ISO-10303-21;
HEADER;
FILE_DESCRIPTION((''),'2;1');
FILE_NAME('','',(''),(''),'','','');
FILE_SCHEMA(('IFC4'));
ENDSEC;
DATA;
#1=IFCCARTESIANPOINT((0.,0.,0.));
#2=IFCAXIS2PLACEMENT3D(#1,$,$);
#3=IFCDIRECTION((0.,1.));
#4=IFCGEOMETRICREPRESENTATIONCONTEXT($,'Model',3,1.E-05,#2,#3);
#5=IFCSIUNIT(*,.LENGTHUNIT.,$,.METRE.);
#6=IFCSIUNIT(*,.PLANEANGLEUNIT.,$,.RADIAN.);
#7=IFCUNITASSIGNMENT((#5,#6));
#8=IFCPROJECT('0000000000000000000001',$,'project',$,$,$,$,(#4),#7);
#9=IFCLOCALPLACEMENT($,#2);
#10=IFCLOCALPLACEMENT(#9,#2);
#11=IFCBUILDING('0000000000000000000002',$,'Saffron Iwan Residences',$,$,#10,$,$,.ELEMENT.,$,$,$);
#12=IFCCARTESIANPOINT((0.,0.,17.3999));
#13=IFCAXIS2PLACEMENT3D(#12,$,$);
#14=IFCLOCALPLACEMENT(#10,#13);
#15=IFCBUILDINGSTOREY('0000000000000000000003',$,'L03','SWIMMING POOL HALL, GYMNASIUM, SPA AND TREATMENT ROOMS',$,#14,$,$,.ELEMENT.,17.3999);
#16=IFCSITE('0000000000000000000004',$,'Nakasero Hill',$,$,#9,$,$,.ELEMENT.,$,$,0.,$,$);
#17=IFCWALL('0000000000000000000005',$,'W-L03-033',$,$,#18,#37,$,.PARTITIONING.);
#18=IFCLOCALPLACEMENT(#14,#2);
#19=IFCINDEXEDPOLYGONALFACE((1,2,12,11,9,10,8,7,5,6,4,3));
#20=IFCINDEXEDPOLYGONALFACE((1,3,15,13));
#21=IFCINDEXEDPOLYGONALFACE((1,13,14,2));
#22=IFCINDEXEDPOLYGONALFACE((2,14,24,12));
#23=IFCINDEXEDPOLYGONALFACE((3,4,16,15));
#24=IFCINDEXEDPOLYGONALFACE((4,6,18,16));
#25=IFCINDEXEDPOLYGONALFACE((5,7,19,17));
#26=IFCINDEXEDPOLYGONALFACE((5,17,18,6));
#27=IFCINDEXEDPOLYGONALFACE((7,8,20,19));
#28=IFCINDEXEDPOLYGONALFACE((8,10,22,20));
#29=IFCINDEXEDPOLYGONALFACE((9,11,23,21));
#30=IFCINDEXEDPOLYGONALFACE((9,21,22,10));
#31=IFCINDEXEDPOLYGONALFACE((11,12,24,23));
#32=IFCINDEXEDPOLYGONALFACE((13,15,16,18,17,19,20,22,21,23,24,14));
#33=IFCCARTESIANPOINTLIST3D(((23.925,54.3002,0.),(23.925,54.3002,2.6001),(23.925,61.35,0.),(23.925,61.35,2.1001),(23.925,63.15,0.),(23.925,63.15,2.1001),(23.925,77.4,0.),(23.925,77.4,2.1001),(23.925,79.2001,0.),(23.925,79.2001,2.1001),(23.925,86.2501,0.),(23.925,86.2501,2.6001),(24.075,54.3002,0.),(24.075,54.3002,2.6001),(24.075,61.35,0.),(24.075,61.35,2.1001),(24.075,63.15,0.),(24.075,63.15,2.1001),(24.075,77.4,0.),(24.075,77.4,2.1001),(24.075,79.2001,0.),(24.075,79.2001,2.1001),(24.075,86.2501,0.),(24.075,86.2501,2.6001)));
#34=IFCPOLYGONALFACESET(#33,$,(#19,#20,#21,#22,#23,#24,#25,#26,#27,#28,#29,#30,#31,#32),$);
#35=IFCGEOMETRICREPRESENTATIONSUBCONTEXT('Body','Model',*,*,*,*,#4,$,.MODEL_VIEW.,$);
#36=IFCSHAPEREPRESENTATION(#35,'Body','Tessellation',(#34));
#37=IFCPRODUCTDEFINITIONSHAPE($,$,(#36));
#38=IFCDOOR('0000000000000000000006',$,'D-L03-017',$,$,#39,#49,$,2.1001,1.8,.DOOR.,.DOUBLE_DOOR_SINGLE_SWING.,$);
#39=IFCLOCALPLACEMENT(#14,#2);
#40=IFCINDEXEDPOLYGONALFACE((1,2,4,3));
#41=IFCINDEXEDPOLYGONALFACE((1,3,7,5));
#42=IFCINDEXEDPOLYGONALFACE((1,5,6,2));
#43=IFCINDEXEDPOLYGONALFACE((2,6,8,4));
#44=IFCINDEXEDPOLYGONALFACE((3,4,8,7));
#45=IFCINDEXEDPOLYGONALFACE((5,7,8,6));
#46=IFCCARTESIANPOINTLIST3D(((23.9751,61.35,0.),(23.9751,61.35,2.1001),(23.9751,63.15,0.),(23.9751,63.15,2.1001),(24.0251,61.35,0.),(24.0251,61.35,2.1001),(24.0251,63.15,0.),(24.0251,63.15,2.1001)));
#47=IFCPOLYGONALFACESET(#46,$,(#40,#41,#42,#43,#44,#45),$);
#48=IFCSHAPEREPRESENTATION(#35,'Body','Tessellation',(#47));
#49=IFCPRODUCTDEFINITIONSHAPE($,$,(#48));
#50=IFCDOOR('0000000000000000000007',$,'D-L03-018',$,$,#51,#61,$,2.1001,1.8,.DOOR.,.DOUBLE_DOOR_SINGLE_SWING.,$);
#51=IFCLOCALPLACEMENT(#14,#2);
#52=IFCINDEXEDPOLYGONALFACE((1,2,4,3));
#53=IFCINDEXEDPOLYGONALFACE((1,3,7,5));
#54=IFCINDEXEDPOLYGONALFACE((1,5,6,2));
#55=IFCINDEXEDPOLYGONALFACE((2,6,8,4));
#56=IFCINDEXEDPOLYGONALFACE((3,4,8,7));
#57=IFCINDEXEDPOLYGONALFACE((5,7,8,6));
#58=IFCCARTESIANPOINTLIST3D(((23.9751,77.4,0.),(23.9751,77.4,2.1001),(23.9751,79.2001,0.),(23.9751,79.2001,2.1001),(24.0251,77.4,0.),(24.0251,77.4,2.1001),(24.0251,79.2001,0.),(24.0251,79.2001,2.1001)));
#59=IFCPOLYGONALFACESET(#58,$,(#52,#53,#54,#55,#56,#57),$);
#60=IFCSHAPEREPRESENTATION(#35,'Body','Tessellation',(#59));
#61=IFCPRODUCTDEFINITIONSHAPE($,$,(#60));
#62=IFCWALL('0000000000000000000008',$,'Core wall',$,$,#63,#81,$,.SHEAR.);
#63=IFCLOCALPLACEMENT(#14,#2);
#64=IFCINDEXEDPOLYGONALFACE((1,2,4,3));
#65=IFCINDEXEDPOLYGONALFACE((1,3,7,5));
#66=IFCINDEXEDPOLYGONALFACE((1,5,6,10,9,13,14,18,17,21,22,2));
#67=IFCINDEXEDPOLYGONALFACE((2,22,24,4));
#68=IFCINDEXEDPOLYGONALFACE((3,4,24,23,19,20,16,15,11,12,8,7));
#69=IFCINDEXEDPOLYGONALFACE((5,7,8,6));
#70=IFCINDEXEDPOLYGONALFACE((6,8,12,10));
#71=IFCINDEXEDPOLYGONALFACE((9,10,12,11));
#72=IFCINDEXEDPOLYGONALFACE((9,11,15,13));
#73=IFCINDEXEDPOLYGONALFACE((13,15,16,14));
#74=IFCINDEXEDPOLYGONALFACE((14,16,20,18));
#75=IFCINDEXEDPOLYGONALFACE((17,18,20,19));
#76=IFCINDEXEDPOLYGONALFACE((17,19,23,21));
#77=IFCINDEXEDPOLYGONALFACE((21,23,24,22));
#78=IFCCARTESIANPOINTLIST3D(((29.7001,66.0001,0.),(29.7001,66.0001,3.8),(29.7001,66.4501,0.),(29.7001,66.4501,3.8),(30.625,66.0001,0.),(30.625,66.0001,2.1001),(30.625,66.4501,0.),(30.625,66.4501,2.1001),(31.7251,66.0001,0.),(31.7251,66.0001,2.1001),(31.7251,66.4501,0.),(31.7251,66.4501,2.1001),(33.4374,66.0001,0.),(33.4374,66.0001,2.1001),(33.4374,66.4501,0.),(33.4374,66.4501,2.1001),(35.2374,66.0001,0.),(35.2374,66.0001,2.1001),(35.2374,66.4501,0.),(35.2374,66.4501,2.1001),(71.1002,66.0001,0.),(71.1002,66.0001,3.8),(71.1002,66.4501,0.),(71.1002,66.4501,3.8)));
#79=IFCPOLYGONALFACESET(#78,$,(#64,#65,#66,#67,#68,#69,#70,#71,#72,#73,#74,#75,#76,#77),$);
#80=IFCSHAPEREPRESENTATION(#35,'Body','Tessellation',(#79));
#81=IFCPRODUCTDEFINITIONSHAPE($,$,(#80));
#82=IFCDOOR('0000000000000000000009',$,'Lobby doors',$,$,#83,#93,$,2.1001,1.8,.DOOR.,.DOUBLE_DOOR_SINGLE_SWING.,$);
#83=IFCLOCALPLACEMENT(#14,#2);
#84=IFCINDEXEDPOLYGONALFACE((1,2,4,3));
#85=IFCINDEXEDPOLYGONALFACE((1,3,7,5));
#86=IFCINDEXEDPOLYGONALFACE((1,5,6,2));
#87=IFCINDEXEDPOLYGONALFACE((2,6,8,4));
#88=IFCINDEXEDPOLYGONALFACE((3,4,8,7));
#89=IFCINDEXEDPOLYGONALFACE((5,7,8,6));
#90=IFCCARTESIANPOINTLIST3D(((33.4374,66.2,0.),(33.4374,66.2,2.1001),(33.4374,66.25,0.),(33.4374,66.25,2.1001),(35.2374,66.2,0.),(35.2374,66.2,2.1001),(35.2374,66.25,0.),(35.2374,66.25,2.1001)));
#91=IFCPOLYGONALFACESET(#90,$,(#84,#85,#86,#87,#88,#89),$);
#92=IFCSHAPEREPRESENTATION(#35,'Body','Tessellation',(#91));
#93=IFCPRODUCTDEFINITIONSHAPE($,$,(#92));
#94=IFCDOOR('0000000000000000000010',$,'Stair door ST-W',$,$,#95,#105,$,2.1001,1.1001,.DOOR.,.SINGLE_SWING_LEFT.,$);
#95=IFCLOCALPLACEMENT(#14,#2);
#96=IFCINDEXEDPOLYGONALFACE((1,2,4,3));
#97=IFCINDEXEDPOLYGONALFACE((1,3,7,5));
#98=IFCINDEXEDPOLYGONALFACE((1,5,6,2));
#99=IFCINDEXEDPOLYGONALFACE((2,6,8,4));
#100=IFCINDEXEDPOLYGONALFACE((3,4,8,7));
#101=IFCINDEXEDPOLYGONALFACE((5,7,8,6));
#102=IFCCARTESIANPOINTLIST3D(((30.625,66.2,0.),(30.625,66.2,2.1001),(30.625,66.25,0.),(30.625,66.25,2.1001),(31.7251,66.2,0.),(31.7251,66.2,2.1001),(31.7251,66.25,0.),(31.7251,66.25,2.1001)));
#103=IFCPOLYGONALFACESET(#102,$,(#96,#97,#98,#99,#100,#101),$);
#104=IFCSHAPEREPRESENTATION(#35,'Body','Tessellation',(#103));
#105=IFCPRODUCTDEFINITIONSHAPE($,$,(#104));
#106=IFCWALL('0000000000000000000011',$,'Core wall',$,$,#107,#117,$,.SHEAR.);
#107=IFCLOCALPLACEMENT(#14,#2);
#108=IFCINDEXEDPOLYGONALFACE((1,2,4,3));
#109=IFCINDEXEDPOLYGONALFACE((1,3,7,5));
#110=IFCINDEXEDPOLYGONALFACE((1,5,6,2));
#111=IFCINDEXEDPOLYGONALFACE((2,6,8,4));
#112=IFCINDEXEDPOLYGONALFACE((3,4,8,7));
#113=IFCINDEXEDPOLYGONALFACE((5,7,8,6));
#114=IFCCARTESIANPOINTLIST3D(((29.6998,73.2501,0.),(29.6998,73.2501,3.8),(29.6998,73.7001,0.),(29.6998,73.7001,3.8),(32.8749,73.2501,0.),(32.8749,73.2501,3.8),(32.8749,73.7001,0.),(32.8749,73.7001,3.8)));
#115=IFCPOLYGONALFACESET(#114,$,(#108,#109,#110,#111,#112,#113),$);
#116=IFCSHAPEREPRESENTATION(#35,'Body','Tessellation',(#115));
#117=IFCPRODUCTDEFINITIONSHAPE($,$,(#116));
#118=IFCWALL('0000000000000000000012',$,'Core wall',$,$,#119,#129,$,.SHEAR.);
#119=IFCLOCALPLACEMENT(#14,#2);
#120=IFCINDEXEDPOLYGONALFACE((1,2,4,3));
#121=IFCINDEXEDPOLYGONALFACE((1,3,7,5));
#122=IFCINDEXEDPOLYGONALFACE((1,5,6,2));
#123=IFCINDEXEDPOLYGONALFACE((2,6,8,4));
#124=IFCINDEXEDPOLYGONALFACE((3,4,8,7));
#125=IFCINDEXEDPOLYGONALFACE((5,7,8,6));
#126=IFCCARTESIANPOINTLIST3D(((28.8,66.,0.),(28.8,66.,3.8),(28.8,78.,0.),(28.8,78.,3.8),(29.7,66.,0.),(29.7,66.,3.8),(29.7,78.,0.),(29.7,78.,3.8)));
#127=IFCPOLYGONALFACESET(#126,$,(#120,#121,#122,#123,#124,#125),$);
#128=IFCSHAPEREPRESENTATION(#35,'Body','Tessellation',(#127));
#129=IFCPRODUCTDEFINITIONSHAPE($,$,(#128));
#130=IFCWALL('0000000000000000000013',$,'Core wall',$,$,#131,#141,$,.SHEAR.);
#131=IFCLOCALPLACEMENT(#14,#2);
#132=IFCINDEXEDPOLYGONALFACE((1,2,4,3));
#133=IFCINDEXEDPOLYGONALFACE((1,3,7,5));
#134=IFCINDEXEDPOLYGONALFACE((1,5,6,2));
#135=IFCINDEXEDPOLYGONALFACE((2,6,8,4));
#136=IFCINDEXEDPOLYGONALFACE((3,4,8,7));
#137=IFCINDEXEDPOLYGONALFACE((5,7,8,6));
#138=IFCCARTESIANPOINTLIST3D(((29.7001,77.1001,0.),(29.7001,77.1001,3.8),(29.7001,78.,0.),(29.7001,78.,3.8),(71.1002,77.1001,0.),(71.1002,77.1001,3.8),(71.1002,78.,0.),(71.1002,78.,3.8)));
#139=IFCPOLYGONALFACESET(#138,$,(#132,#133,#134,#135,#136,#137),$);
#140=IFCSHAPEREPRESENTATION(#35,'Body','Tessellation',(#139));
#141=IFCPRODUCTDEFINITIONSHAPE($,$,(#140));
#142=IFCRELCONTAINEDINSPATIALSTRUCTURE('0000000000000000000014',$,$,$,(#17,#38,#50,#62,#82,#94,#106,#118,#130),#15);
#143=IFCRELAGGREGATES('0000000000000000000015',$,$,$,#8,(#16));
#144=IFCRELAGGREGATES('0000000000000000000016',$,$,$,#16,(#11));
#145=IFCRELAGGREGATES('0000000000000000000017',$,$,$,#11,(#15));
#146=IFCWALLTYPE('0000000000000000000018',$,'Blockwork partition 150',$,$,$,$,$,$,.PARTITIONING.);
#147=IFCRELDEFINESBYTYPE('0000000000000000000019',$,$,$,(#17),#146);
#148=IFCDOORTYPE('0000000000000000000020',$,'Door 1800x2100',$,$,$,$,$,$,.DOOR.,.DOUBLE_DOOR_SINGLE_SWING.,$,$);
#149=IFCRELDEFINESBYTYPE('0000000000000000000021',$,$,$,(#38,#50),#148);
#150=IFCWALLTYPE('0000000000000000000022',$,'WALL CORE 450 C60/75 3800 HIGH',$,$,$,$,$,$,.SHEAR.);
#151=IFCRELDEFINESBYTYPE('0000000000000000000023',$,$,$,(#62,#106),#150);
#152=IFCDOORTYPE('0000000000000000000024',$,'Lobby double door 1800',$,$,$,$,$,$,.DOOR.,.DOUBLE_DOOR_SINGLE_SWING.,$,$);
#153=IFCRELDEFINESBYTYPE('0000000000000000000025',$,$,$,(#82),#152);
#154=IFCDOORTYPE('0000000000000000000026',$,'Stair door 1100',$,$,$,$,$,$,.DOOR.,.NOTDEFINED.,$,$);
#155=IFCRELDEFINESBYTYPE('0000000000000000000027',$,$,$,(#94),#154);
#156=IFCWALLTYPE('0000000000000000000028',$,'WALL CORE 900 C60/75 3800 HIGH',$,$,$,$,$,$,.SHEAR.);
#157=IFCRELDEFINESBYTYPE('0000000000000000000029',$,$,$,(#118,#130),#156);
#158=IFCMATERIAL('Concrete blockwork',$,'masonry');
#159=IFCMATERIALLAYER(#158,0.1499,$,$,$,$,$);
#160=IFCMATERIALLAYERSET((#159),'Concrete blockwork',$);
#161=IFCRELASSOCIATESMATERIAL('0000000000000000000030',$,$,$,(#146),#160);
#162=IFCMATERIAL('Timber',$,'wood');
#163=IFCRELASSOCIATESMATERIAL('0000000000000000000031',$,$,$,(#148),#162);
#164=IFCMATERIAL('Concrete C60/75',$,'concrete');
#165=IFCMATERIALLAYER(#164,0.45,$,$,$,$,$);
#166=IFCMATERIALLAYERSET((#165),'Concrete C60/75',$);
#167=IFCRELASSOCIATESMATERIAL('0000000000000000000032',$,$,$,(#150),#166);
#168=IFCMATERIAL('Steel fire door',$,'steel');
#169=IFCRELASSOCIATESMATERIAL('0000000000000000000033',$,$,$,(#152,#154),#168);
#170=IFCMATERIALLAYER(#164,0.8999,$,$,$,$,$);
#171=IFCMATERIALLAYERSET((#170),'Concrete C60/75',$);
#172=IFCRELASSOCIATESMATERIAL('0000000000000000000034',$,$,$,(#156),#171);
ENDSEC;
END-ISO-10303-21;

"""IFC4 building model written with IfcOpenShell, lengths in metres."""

from ifc_helpers import new_model, si_unit, direction, frame, frame_2d, origin, place, context, subcontext, project, spatial, rectangle, extrude, material, layer, layer_set, type_object, element, fill, save


model = new_model("IFC4")

# Units and contexts
model_context = context("Model", 3, precision=1e-05, world=origin(), true_north=direction((0.0, 1.0)))
body_context = subcontext(model_context, "Body", "Model", "MODEL_VIEW")
ifc_project = project(units=[si_unit("LENGTHUNIT", "METRE"), si_unit("PLANEANGLEUNIT", "RADIAN")], contexts=[model_context])

# Site, building, storey
site_placement = place(None, origin())
site = spatial("IfcSite", under=ifc_project, at=site_placement, Name="Nakasero Hill", CompositionType="ELEMENT", RefElevation=0.0)
building_placement = place(site_placement, origin())
building = spatial("IfcBuilding", under=site, at=building_placement, Name="Saffron Iwan Residences", CompositionType="ELEMENT")
storey_placement = place(building_placement, frame((0.0, 0.0, 17.3999)))
storey = spatial("IfcBuildingStorey", under=building, at=storey_placement, Name="L03", Description="SWIMMING POOL HALL, GYMNASIUM, SPA AND TREATMENT ROOMS", CompositionType="ELEMENT", Elevation=17.3999)

# Walls, openings, doors
ifc_material_1 = material(Name="Concrete blockwork", Category="masonry")
ifc_layer_1 = layer(ifc_material_1, 0.1499)
ifc_layer_set_1 = layer_set([ifc_layer_1], Name="Concrete blockwork")
wall_type_1 = type_object("IfcWallType", Name="Blockwork partition 150", PredefinedType="PARTITIONING", material=ifc_layer_set_1)
wall_1_placement = place(storey_placement, frame((24.0, 54.3, 0.0), z_axis=(0.0, 0.0, 1.0), x_axis=(0.0, 1.0, 0.0)))
wall_1 = element("IfcWall", 1, at=wall_1_placement, inside=storey, type_object=wall_type_1, Name="W-L03-033", PredefinedType="PARTITIONING", context=body_context, shape_type="SweptSolid", body=[
    extrude(rectangle(XDim=31.95, YDim=0.1499, at=frame_2d((15.9751, 0.0))), origin(), (0.0, 0.0, 1.0), 2.6001),
])
opening_1_placement = place(wall_1_placement, frame((7.05, 0.0, 0.0)))
opening_1 = element("IfcOpeningElement", 2, at=opening_1_placement, cuts=wall_1, PredefinedType="OPENING", context=body_context, shape_type="SweptSolid", body=[
    extrude(rectangle(XDim=1.8, YDim=2.1001, at=frame_2d((0.8999, 1.05))), frame((0.0, 0.085, 0.0), z_axis=(0.0, -1.0, 0.0), x_axis=(1.0, 0.0, 0.0)), (0.0, 0.0, 1.0), 0.1699),
])
opening_2_placement = place(wall_1_placement, frame((23.1001, 0.0, 0.0)))
opening_2 = element("IfcOpeningElement", 3, at=opening_2_placement, cuts=wall_1, PredefinedType="OPENING", context=body_context, shape_type="SweptSolid", body=[
    extrude(rectangle(XDim=1.8, YDim=2.1001, at=frame_2d((0.8999, 1.05))), frame((0.0, 0.085, 0.0), z_axis=(0.0, -1.0, 0.0), x_axis=(1.0, 0.0, 0.0)), (0.0, 0.0, 1.0), 0.1699),
])
ifc_material_2 = material(Name="Timber", Category="wood")
door_type_1 = type_object("IfcDoorType", Name="Door 1800x2100", OperationType="DOUBLE_DOOR_SINGLE_SWING", PredefinedType="DOOR", material=ifc_material_2)
door_1_placement = place(opening_1_placement, origin())
door_1 = element("IfcDoor", 4, at=door_1_placement, inside=storey, type_object=door_type_1, Name="D-L03-017", OperationType="DOUBLE_DOOR_SINGLE_SWING", OverallHeight=2.1001, OverallWidth=1.8, PredefinedType="DOOR", context=body_context, shape_type="SweptSolid", body=[
    extrude(rectangle(XDim=1.8, YDim=2.1001, at=frame_2d((0.8999, 1.05))), frame((0.0, 0.0249, 0.0), z_axis=(0.0, -1.0, 0.0), x_axis=(1.0, 0.0, 0.0)), (0.0, 0.0, 1.0), 0.05),
])
fill(opening_1, door_1)
door_2_placement = place(opening_2_placement, origin())
door_2 = element("IfcDoor", 5, at=door_2_placement, inside=storey, type_object=door_type_1, Name="D-L03-018", OperationType="DOUBLE_DOOR_SINGLE_SWING", OverallHeight=2.1001, OverallWidth=1.8, PredefinedType="DOOR", context=body_context, shape_type="SweptSolid", body=[
    extrude(rectangle(XDim=1.8, YDim=2.1001, at=frame_2d((0.8999, 1.05))), frame((0.0, 0.0249, 0.0), z_axis=(0.0, -1.0, 0.0), x_axis=(1.0, 0.0, 0.0)), (0.0, 0.0, 1.0), 0.05),
])
fill(opening_2, door_2)
ifc_material_3 = material(Name="Concrete C60/75", Category="concrete")
ifc_layer_2 = layer(ifc_material_3, 0.45)
ifc_layer_set_2 = layer_set([ifc_layer_2], Name="Concrete C60/75")
wall_type_2 = type_object("IfcWallType", Name="WALL CORE 450 C60/75 3800 HIGH", PredefinedType="SHEAR", material=ifc_layer_set_2)
wall_2_placement = place(storey_placement, frame((29.7, 66.2251, 0.0), z_axis=(0.0, 0.0, 1.0), x_axis=(1.0, 0.0, 0.0)))
wall_2 = element("IfcWall", 6, at=wall_2_placement, inside=storey, type_object=wall_type_2, Name="Core wall", PredefinedType="SHEAR", context=body_context, shape_type="SweptSolid", body=[
    extrude(rectangle(XDim=41.4001, YDim=0.45, at=frame_2d((20.7002, 0.0))), origin(), (0.0, 0.0, 1.0), 3.8),
])
opening_3_placement = place(wall_2_placement, frame((0.925, 0.0, 0.0)))
opening_3 = element("IfcOpeningElement", 7, at=opening_3_placement, cuts=wall_2, PredefinedType="OPENING", context=body_context, shape_type="SweptSolid", body=[
    extrude(rectangle(XDim=1.1001, YDim=2.1001, at=frame_2d((0.55, 1.05))), frame((0.0, 0.2349, 0.0), z_axis=(0.0, -1.0, 0.0), x_axis=(1.0, 0.0, 0.0)), (0.0, 0.0, 1.0), 0.47),
])
opening_4_placement = place(wall_2_placement, frame((3.7375, 0.0, 0.0)))
opening_4 = element("IfcOpeningElement", 8, at=opening_4_placement, cuts=wall_2, PredefinedType="OPENING", context=body_context, shape_type="SweptSolid", body=[
    extrude(rectangle(XDim=1.8, YDim=2.1001, at=frame_2d((0.8999, 1.05))), frame((0.0, 0.2349, 0.0), z_axis=(0.0, -1.0, 0.0), x_axis=(1.0, 0.0, 0.0)), (0.0, 0.0, 1.0), 0.47),
])
ifc_material_4 = material(Name="Steel fire door", Category="steel")
door_type_2 = type_object("IfcDoorType", Name="Lobby double door 1800", OperationType="DOUBLE_DOOR_SINGLE_SWING", PredefinedType="DOOR", material=ifc_material_4)
door_3_placement = place(opening_4_placement, origin())
door_3 = element("IfcDoor", 9, at=door_3_placement, inside=storey, type_object=door_type_2, Name="Lobby doors", OperationType="DOUBLE_DOOR_SINGLE_SWING", OverallHeight=2.1001, OverallWidth=1.8, PredefinedType="DOOR", context=body_context, shape_type="SweptSolid", body=[
    extrude(rectangle(XDim=1.8, YDim=2.1001, at=frame_2d((0.8999, 1.05))), frame((0.0, 0.0249, 0.0), z_axis=(0.0, -1.0, 0.0), x_axis=(1.0, 0.0, 0.0)), (0.0, 0.0, 1.0), 0.05),
])
fill(opening_4, door_3)
door_type_3 = type_object("IfcDoorType", Name="Stair door 1100", OperationType="NOTDEFINED", PredefinedType="DOOR", material=ifc_material_4)
door_4_placement = place(opening_3_placement, origin())
door_4 = element("IfcDoor", 10, at=door_4_placement, inside=storey, type_object=door_type_3, Name="Stair door ST-W", OperationType="SINGLE_SWING_LEFT", OverallHeight=2.1001, OverallWidth=1.1001, PredefinedType="DOOR", context=body_context, shape_type="SweptSolid", body=[
    extrude(rectangle(XDim=1.1001, YDim=2.1001, at=frame_2d((0.55, 1.05))), frame((0.0, 0.0249, 0.0), z_axis=(0.0, -1.0, 0.0), x_axis=(1.0, 0.0, 0.0)), (0.0, 0.0, 1.0), 0.05),
])
fill(opening_3, door_4)

# Walls
wall_3_placement = place(storey_placement, frame((29.7, 73.4751, 0.0), z_axis=(0.0, 0.0, 1.0), x_axis=(1.0, 0.0, 0.0)))
element("IfcWall", 11, at=wall_3_placement, inside=storey, type_object=wall_type_2, Name="Core wall", PredefinedType="SHEAR", context=body_context, shape_type="SweptSolid", body=[
    extrude(rectangle(XDim=3.175, YDim=0.45, at=frame_2d((1.5874, 0.0))), origin(), (0.0, 0.0, 1.0), 3.8),
])
ifc_layer_3 = layer(ifc_material_3, 0.8999)
ifc_layer_set_3 = layer_set([ifc_layer_3], Name="Concrete C60/75")
wall_type_3 = type_object("IfcWallType", Name="WALL CORE 900 C60/75 3800 HIGH", PredefinedType="SHEAR", material=ifc_layer_set_3)
wall_4_placement = place(storey_placement, frame((29.25, 66.0, 0.0), z_axis=(0.0, 0.0, 1.0), x_axis=(0.0, 1.0, 0.0)))
element("IfcWall", 12, at=wall_4_placement, inside=storey, type_object=wall_type_3, Name="Core wall", PredefinedType="SHEAR", context=body_context, shape_type="SweptSolid", body=[
    extrude(rectangle(XDim=12.0, YDim=0.8999, at=frame_2d((6.0, 0.0))), origin(), (0.0, 0.0, 1.0), 3.8),
])
wall_5_placement = place(storey_placement, frame((29.7, 77.55, 0.0), z_axis=(0.0, 0.0, 1.0), x_axis=(1.0, 0.0, 0.0)))
element("IfcWall", 13, at=wall_5_placement, inside=storey, type_object=wall_type_3, Name="Core wall", PredefinedType="SHEAR", context=body_context, shape_type="SweptSolid", body=[
    extrude(rectangle(XDim=41.4001, YDim=0.8999, at=frame_2d((20.7002, 0.0))), origin(), (0.0, 0.0, 1.0), 3.8),
])

save(model, "model.ifc")
